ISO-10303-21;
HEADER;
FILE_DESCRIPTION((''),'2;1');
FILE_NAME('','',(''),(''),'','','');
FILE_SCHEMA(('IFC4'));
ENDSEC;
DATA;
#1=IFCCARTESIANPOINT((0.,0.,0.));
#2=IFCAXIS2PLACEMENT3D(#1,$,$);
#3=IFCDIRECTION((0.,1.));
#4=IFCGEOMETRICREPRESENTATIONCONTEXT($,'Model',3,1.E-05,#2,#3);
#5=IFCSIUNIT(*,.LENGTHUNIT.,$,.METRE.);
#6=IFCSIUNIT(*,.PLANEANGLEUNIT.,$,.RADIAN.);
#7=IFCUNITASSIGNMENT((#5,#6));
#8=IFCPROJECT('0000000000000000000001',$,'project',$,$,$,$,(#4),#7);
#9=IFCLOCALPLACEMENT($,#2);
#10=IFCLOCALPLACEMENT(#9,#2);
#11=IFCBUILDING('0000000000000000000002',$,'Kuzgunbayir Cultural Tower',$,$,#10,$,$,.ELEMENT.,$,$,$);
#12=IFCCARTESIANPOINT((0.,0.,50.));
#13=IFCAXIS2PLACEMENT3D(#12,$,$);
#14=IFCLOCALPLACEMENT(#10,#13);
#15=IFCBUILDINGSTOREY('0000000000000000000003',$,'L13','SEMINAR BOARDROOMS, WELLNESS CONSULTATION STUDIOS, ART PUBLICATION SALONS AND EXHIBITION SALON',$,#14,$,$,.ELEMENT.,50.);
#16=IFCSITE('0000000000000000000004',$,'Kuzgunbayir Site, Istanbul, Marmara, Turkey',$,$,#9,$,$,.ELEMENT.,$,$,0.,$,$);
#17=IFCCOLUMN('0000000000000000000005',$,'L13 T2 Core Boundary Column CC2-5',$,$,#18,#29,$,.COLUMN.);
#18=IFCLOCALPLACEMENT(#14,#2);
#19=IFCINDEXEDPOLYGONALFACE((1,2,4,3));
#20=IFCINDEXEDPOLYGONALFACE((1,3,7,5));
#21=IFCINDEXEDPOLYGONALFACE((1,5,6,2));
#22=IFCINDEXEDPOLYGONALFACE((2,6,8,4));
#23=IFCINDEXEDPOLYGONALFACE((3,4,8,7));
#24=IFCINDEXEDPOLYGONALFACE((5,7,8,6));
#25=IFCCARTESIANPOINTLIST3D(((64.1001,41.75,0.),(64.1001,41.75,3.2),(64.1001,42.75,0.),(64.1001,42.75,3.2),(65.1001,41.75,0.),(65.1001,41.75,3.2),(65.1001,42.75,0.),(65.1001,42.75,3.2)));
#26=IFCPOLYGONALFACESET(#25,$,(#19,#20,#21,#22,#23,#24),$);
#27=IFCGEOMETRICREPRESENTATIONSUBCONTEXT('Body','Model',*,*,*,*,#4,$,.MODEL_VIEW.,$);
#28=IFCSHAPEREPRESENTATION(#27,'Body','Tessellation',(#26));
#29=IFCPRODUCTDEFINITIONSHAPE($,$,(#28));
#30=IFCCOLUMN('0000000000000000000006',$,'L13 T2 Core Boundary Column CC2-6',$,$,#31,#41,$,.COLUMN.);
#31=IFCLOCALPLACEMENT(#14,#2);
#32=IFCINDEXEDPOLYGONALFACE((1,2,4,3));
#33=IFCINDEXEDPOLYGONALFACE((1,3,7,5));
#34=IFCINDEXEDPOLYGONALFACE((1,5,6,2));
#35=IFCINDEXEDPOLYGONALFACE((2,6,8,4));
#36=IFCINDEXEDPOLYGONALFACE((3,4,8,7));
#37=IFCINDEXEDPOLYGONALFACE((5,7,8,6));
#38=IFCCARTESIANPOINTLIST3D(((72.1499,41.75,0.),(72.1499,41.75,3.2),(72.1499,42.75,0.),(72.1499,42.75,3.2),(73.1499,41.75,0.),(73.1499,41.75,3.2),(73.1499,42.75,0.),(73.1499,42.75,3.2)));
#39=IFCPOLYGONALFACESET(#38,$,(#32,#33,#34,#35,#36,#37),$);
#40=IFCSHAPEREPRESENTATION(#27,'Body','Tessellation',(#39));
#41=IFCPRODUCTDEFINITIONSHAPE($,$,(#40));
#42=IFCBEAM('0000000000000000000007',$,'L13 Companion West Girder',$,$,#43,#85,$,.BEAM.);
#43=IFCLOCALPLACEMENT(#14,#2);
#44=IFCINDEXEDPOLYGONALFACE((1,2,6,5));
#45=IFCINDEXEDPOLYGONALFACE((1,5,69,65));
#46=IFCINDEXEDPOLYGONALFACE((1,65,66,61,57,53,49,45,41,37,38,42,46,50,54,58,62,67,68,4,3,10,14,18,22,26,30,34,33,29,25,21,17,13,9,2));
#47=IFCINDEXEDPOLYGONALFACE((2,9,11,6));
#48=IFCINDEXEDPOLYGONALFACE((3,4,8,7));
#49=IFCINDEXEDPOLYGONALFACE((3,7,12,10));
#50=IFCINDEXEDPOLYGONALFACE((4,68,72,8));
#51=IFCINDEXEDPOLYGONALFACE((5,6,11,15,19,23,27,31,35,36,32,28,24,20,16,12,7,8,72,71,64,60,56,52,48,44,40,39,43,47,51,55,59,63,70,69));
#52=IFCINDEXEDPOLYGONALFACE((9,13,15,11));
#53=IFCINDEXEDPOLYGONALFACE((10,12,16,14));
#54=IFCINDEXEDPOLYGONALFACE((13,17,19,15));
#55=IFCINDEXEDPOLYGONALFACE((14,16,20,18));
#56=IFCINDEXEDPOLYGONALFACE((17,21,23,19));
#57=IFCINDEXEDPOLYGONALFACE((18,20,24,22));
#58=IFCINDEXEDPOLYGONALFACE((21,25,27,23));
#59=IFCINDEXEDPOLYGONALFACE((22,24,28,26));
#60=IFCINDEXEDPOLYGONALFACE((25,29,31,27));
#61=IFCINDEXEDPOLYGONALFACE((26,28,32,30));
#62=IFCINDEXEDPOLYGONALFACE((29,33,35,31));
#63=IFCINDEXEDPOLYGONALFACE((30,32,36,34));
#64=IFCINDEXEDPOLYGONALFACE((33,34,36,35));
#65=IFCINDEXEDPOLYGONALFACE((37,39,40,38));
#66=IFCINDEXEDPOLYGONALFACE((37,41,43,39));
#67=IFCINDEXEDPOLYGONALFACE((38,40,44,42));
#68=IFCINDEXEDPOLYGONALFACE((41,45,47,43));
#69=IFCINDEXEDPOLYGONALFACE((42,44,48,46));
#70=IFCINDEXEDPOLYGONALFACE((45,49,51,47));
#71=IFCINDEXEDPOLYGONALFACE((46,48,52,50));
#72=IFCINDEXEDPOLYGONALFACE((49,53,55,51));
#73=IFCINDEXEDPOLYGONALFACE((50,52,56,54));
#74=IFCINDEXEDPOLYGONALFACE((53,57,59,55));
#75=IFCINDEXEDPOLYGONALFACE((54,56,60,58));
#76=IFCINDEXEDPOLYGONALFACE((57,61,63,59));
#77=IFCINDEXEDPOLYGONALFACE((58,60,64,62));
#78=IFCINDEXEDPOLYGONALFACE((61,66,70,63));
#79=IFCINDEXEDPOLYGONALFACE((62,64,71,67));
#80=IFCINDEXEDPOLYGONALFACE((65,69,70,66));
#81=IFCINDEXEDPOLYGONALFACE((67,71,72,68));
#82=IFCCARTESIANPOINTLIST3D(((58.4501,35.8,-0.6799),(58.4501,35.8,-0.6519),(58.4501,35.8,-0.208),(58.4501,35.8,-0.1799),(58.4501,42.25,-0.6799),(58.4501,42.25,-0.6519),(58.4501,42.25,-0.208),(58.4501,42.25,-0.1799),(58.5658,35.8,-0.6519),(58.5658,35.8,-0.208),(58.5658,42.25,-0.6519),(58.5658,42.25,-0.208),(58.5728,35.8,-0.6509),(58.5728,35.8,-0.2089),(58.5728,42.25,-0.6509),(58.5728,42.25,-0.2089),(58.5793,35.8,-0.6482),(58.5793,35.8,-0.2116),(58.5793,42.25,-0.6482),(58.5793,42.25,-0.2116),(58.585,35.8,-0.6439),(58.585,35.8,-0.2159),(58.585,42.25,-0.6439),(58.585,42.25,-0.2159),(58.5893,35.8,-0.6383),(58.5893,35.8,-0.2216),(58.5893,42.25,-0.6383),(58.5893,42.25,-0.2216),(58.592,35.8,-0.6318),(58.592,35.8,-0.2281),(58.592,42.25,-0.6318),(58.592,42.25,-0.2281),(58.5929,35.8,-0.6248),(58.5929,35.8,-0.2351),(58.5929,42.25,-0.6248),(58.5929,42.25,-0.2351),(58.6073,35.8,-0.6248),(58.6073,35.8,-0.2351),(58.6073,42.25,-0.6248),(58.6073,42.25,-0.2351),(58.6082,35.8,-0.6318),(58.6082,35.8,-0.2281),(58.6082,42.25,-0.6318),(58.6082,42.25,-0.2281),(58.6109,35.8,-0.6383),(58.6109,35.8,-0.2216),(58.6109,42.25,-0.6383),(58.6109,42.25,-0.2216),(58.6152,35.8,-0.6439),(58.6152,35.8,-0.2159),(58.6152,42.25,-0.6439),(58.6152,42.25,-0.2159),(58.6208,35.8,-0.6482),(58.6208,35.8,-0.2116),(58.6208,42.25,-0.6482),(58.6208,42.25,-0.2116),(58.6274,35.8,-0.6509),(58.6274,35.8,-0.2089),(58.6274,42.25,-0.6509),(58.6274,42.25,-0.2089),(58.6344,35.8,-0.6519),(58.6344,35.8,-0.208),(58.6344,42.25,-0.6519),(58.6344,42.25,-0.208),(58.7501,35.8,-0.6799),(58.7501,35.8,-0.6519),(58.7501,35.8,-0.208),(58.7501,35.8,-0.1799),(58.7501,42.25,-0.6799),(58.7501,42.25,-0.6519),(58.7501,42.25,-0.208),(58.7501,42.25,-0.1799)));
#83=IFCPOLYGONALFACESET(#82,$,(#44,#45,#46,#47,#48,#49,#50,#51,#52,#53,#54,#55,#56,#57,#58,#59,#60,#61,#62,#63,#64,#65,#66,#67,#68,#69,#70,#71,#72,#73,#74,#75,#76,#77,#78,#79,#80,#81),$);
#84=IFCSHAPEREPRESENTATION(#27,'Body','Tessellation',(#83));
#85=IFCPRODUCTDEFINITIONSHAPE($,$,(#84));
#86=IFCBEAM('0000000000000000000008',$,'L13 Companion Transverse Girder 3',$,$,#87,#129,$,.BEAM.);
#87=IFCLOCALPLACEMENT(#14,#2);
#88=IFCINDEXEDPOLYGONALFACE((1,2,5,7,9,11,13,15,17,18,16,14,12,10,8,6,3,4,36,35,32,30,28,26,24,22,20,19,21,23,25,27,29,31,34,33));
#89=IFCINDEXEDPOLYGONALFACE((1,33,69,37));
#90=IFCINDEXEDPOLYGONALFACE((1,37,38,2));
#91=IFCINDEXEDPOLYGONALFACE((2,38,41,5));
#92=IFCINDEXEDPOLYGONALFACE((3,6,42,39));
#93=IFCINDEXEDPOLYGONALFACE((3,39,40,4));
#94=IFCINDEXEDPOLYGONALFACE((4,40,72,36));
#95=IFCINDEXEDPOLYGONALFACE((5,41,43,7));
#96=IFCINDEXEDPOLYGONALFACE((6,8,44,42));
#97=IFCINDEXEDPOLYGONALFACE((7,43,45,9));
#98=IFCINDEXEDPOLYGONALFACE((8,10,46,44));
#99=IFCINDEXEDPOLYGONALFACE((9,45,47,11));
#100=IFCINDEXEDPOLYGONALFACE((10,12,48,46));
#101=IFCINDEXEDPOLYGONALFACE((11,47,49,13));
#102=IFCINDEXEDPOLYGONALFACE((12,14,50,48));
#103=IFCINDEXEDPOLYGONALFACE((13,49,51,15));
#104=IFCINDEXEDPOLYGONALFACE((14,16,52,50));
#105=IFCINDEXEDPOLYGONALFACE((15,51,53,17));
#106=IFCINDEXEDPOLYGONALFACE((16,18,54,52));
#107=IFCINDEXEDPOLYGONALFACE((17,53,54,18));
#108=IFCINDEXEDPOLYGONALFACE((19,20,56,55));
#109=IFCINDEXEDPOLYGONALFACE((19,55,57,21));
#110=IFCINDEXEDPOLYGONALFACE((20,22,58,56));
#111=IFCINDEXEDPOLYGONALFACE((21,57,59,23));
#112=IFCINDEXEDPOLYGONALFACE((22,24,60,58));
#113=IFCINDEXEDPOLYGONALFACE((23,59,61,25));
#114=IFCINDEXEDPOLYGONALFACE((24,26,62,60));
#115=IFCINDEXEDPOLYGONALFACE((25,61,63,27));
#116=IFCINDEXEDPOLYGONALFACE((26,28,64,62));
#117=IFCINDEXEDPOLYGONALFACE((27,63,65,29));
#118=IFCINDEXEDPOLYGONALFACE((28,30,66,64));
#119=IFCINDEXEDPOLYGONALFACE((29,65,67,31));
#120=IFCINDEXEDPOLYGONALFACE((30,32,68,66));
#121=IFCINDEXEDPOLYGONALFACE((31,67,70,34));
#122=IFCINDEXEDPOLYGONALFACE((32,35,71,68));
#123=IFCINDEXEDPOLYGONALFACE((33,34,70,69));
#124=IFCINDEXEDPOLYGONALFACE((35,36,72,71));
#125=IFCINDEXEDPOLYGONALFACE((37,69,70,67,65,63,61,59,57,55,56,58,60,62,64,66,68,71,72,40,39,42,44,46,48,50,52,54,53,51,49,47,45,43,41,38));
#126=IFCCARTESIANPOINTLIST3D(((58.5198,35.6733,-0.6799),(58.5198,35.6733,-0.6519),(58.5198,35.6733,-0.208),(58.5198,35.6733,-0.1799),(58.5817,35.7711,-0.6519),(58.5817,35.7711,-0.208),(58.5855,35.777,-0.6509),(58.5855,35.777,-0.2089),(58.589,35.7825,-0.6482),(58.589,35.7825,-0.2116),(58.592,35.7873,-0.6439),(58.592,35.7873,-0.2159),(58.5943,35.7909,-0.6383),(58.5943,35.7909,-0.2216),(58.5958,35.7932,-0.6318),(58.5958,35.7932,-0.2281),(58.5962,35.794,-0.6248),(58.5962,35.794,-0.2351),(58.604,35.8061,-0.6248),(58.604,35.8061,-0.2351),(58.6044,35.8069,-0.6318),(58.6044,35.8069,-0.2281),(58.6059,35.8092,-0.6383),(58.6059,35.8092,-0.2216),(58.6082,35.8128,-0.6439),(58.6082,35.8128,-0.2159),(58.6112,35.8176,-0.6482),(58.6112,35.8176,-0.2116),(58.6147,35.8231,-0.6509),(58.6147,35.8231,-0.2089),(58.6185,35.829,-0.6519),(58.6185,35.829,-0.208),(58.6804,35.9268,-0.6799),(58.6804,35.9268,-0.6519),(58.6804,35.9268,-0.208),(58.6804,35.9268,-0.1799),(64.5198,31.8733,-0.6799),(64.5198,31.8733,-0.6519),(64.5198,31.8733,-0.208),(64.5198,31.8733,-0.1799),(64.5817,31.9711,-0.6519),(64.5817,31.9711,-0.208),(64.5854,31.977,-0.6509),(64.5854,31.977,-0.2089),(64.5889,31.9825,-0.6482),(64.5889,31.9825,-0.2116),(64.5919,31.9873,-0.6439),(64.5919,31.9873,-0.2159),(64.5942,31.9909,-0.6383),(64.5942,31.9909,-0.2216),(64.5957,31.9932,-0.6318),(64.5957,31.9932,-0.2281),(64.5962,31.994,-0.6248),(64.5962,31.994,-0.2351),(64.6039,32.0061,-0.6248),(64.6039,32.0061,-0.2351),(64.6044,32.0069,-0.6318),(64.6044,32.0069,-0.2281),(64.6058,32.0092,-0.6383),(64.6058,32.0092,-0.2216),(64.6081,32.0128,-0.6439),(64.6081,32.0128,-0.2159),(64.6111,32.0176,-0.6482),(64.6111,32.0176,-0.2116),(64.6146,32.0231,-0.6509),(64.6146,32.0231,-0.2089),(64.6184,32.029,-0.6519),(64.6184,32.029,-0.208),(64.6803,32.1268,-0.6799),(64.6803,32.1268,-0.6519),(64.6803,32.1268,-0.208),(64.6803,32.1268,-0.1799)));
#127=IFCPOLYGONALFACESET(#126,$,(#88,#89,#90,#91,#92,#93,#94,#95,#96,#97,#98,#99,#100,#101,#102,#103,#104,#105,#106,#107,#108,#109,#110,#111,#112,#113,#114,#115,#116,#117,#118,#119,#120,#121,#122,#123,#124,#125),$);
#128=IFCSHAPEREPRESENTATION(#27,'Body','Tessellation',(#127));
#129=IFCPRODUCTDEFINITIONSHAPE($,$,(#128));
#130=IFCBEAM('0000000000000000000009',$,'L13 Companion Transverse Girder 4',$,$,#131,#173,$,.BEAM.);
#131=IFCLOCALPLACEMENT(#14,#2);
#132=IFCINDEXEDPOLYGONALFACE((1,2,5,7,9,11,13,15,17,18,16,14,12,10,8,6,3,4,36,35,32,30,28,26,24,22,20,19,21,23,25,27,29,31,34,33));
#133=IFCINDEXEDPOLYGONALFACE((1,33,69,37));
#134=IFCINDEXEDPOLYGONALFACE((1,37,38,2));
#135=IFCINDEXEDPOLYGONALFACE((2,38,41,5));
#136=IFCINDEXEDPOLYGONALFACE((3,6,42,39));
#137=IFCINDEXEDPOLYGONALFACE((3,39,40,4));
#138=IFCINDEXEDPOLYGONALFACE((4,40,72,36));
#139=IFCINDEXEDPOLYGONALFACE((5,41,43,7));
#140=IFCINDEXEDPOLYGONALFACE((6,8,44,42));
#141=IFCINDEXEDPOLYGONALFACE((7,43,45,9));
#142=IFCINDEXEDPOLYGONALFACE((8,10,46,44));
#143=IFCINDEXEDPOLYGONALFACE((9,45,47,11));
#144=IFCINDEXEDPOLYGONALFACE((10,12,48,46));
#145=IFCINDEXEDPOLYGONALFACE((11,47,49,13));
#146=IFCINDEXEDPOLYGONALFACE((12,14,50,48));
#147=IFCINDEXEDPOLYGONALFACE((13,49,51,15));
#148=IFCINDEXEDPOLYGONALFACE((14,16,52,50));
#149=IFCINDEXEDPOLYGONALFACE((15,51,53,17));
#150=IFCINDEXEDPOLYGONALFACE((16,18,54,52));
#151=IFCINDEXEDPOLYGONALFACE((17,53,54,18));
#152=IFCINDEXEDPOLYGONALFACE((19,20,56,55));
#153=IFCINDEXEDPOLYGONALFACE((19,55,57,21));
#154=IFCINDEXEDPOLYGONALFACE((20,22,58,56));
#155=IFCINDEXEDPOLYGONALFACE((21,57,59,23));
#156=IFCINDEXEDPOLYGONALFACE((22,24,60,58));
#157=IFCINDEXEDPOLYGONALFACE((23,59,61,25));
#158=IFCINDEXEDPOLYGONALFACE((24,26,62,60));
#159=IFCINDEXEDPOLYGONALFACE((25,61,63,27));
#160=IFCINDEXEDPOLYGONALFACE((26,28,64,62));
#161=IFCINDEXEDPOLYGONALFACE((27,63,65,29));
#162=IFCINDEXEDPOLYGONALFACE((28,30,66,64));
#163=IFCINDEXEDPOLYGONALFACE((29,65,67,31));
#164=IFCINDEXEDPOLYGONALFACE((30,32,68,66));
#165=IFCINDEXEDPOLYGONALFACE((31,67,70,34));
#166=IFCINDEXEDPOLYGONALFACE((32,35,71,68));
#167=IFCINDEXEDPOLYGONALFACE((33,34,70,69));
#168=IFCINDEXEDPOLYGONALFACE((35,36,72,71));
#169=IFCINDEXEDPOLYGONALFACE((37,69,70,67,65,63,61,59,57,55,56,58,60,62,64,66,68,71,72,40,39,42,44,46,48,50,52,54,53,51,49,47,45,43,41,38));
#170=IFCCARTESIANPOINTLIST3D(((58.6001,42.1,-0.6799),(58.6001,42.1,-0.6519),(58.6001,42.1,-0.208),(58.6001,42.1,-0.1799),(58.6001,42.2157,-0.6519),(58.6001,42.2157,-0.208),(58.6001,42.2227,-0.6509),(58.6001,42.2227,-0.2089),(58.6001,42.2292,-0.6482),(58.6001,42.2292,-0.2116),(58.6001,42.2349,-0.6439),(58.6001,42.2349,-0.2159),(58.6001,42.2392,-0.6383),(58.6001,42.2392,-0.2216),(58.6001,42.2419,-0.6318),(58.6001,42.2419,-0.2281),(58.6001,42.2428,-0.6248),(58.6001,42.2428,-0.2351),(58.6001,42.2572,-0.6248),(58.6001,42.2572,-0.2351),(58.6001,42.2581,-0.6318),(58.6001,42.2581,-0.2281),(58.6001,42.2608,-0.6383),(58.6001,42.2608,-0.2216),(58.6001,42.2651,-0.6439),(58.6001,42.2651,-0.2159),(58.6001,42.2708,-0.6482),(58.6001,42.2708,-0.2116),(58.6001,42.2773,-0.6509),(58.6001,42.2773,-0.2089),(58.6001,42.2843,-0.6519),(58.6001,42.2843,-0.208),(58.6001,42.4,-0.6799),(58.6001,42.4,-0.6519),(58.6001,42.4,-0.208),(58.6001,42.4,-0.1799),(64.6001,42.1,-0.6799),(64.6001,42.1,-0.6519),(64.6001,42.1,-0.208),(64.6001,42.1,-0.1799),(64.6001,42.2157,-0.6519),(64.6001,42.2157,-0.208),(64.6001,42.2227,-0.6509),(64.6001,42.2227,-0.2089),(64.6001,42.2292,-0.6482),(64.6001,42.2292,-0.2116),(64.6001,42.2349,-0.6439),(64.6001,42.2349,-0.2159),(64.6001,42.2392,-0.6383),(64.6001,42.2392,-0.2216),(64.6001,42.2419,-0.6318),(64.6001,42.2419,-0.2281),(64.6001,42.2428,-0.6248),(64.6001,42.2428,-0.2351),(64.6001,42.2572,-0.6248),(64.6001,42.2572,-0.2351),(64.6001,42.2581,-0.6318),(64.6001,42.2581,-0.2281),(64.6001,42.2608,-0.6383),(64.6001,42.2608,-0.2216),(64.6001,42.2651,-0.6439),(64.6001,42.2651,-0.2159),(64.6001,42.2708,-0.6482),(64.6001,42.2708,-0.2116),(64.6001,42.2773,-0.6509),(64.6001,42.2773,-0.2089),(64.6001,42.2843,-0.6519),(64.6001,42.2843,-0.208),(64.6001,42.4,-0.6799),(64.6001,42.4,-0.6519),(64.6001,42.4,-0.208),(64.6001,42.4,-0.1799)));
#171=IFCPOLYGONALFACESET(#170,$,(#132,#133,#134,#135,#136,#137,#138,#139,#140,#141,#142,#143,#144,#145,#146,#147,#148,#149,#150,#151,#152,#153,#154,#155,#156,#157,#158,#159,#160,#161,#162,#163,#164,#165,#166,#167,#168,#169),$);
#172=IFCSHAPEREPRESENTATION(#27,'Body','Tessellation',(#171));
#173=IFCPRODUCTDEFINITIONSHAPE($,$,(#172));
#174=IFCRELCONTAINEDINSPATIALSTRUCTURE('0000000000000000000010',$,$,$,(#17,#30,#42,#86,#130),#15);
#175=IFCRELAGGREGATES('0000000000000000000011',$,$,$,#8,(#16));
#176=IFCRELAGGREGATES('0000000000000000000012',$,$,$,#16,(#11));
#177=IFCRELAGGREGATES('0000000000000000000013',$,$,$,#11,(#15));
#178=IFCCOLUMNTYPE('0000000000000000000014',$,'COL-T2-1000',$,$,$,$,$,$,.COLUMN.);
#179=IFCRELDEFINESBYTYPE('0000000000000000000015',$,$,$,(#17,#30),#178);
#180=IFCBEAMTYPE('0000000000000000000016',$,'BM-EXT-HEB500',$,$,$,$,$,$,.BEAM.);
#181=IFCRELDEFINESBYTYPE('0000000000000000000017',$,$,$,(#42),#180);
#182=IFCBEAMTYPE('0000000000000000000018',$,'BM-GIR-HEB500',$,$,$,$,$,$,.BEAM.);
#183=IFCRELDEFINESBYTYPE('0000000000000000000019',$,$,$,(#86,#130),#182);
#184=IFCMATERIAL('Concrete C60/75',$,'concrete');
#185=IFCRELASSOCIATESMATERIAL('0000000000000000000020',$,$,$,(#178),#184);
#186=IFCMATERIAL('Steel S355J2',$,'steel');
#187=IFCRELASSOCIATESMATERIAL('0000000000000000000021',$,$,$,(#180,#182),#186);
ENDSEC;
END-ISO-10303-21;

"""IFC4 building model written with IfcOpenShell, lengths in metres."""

from ifc_helpers import new_model, si_unit, direction, frame, origin, origin_2d, place, context, subcontext, project, spatial, rectangle, i_section, extrude, material, material_profile, profile_set, type_object, element, save


model = new_model("IFC4")

# Units and contexts
model_context = context("Model", 3, precision=1e-05, world=origin(), true_north=direction((0.0, 1.0)))
body_context = subcontext(model_context, "Body", "Model", "MODEL_VIEW")
ifc_project = project(units=[si_unit("LENGTHUNIT", "METRE"), si_unit("PLANEANGLEUNIT", "RADIAN")], contexts=[model_context])

# Site, building, storey
site_placement = place(None, origin())
site = spatial("IfcSite", under=ifc_project, at=site_placement, Name="Kuzgunbayir Site, Istanbul, Marmara, Turkey", CompositionType="ELEMENT", RefElevation=0.0)
building_placement = place(site_placement, origin())
building = spatial("IfcBuilding", under=site, at=building_placement, Name="Kuzgunbayir Cultural Tower", CompositionType="ELEMENT")
storey_placement = place(building_placement, frame((0.0, 0.0, 50.0)))
storey = spatial("IfcBuildingStorey", under=building, at=storey_placement, Name="L13", Description="SEMINAR BOARDROOMS, WELLNESS CONSULTATION STUDIOS, ART PUBLICATION SALONS AND EXHIBITION SALON", CompositionType="ELEMENT", Elevation=50.0)

# Columns
ifc_material_1 = material(Name="Concrete C60/75", Category="concrete")
ifc_material_profile_1 = material_profile(ifc_material_1, rectangle(XDim=1.0, YDim=1.0, at=origin_2d()), Name="RC 1000x1000")
ifc_profile_set_1 = profile_set([ifc_material_profile_1], Name="Concrete C60/75")
column_type = type_object("IfcColumnType", Name="COL-T2-1000", PredefinedType="COLUMN", material=ifc_profile_set_1)
for number, where, z_axis, x_axis, name in (
    (1, (64.6001, 42.25, 0.0), (0.0, 0.0, 1.0), (1.0, 0.0, 0.0), "L13 T2 Core Boundary Column CC2-5"),
    (2, (72.6499, 42.25, 0.0), (0.0, 0.0, 1.0), (1.0, 0.0, 0.0), "L13 T2 Core Boundary Column CC2-6"),
):
    element("IfcColumn", number, at=place(storey_placement, frame(where, z_axis=z_axis, x_axis=x_axis)), inside=storey, type_object=column_type, Name=name, PredefinedType="COLUMN", context=body_context, shape_type="SweptSolid", body=[
        extrude(rectangle(XDim=1.0, YDim=1.0, at=origin_2d()), origin(), (0.0, 0.0, 1.0), 3.2),
    ])

# Beams
ifc_material_2 = material(Name="Steel S355J2", Category="steel")
ifc_material_profile_2 = material_profile(ifc_material_2, i_section(OverallWidth=0.3, OverallDepth=0.5, WebThickness=0.0144, FlangeThickness=0.0281, FilletRadius=0.0271, at=origin_2d()), Name="HEB 500")
ifc_profile_set_2 = profile_set([ifc_material_profile_2], Name="Steel S355J2")
beam_type_1 = type_object("IfcBeamType", Name="BM-EXT-HEB500", PredefinedType="BEAM", material=ifc_profile_set_2)
beam_1_placement = place(storey_placement, frame((58.6001, 35.8, -0.4299), z_axis=(0.0, 1.0, 0.0), x_axis=(-1.0, 0.0, 0.0)))
element("IfcBeam", 3, at=beam_1_placement, inside=storey, type_object=beam_type_1, Name="L13 Companion West Girder", PredefinedType="BEAM", context=body_context, shape_type="SweptSolid", body=[
    extrude(i_section(OverallWidth=0.3, OverallDepth=0.5, WebThickness=0.0144, FlangeThickness=0.0281, FilletRadius=0.0271, at=origin_2d()), origin(), (0.0, 0.0, 1.0), 6.45),
])
ifc_material_profile_3 = material_profile(ifc_material_2, i_section(OverallWidth=0.3, OverallDepth=0.5, WebThickness=0.0144, FlangeThickness=0.0281, FilletRadius=0.0271, at=origin_2d()), Name="HEB 500")
ifc_profile_set_3 = profile_set([ifc_material_profile_3], Name="Steel S355J2")
beam_type_2 = type_object("IfcBeamType", Name="BM-GIR-HEB500", PredefinedType="BEAM", material=ifc_profile_set_3)
beam_2_placement = place(storey_placement, frame((58.6001, 35.8, -0.4299), z_axis=(0.844816, -0.535057, 0.0), x_axis=(0.535057, 0.844816, 0.0)))
element("IfcBeam", 4, at=beam_2_placement, inside=storey, type_object=beam_type_2, Name="L13 Companion Transverse Girder 3", PredefinedType="BEAM", context=body_context, shape_type="SweptSolid", body=[
    extrude(i_section(OverallWidth=0.3, OverallDepth=0.5, WebThickness=0.0144, FlangeThickness=0.0281, FilletRadius=0.0271, at=origin_2d()), origin(), (0.0, 0.0, 1.0), 7.1021),
])
beam_3_placement = place(storey_placement, frame((58.6001, 42.25, -0.4299), z_axis=(1.0, 0.0, 0.0), x_axis=(0.0, 1.0, 0.0)))
element("IfcBeam", 5, at=beam_3_placement, inside=storey, type_object=beam_type_2, Name="L13 Companion Transverse Girder 4", PredefinedType="BEAM", context=body_context, shape_type="SweptSolid", body=[
    extrude(i_section(OverallWidth=0.3, OverallDepth=0.5, WebThickness=0.0144, FlangeThickness=0.0281, FilletRadius=0.0271, at=origin_2d()), origin(), (0.0, 0.0, 1.0), 6.0),
])

save(model, "model.ifc")
